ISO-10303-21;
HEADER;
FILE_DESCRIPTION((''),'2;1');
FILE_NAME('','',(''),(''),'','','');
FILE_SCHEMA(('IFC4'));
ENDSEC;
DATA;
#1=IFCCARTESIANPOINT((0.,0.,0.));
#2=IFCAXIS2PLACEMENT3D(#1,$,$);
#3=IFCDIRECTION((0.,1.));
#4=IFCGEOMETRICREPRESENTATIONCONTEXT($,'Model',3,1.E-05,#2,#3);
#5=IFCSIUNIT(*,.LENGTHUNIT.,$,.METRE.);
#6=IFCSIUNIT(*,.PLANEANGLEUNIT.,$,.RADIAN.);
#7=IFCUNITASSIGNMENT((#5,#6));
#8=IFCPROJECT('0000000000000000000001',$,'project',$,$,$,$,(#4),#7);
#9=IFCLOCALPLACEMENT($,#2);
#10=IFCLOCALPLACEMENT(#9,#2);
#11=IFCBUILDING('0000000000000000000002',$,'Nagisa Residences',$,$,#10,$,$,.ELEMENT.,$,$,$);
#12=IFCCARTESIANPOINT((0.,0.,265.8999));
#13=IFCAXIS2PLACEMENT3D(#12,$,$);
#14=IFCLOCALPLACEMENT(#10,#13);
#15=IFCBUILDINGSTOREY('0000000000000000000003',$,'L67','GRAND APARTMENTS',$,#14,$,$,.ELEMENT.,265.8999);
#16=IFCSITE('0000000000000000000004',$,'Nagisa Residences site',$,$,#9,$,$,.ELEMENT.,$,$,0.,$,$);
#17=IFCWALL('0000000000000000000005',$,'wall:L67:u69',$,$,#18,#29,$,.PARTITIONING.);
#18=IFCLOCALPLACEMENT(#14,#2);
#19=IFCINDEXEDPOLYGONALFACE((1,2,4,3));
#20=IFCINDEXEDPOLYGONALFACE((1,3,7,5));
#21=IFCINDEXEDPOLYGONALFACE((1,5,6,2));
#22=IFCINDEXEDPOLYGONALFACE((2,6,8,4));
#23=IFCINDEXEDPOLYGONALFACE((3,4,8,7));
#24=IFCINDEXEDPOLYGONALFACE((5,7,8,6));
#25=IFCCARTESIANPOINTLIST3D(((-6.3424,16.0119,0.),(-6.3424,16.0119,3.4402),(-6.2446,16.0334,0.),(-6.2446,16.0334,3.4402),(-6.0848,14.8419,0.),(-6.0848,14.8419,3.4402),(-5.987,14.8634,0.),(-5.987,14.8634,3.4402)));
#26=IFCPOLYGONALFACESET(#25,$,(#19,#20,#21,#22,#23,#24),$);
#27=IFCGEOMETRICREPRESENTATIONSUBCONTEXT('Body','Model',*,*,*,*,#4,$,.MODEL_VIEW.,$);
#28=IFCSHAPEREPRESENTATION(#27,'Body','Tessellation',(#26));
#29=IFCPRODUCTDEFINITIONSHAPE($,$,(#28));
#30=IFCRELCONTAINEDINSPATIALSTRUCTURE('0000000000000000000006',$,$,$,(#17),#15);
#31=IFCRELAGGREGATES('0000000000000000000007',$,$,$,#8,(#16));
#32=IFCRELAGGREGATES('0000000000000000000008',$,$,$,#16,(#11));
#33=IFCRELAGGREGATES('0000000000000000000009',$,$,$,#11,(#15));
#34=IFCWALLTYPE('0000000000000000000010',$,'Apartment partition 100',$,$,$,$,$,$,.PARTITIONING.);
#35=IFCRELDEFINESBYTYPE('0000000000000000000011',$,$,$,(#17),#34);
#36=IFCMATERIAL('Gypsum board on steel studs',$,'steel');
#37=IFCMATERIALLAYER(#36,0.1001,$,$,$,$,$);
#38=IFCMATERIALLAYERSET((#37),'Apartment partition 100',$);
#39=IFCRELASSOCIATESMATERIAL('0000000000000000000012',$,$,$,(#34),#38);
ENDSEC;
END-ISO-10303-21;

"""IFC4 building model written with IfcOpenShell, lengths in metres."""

from ifc_helpers import new_model, si_unit, direction, frame, frame_2d, origin, place, context, subcontext, project, spatial, rectangle, extrude, material, layer, layer_set, type_object, element, save


model = new_model("IFC4")

# Units and contexts
model_context = context("Model", 3, precision=1e-05, world=origin(), true_north=direction((0.0, 1.0)))
body_context = subcontext(model_context, "Body", "Model", "MODEL_VIEW")
ifc_project = project(units=[si_unit("LENGTHUNIT", "METRE"), si_unit("PLANEANGLEUNIT", "RADIAN")], contexts=[model_context])

# Site, building, storey
site_placement = place(None, origin())
site = spatial("IfcSite", under=ifc_project, at=site_placement, Name="Nagisa Residences site", CompositionType="ELEMENT", RefElevation=0.0)
building_placement = place(site_placement, origin())
building = spatial("IfcBuilding", under=site, at=building_placement, Name="Nagisa Residences", CompositionType="ELEMENT")
storey_placement = place(building_placement, frame((0.0, 0.0, 265.8999)))
storey = spatial("IfcBuildingStorey", under=building, at=storey_placement, Name="L67", Description="GRAND APARTMENTS", CompositionType="ELEMENT", Elevation=265.8999)

# Shared definitions
ifc_material_1 = material(Name="Gypsum board on steel studs", Category="steel")
ifc_layer_1 = layer(ifc_material_1, 0.1001)
ifc_layer_set_1 = layer_set([ifc_layer_1], Name="Apartment partition 100")
wall_type_1 = type_object("IfcWallType", Name="Apartment partition 100", PredefinedType="PARTITIONING", material=ifc_layer_set_1)

# Wall
wall_1_placement = place(storey_placement, frame((-6.0359, 14.8525, 0.0), z_axis=(0.0, 0.0, 1.0), x_axis=(-0.21501, 0.976612, 0.0)))
element("IfcWall", 1, at=wall_1_placement, inside=storey, type_object=wall_type_1, Name="wall:L67:u69", PredefinedType="PARTITIONING", context=body_context, shape_type="SweptSolid", body=[
    extrude(rectangle(XDim=1.198, YDim=0.1001, at=frame_2d((0.5991, 0.0))), origin(), (0.0, 0.0, 1.0), 3.4402),
])

save(model, "model.ifc")
